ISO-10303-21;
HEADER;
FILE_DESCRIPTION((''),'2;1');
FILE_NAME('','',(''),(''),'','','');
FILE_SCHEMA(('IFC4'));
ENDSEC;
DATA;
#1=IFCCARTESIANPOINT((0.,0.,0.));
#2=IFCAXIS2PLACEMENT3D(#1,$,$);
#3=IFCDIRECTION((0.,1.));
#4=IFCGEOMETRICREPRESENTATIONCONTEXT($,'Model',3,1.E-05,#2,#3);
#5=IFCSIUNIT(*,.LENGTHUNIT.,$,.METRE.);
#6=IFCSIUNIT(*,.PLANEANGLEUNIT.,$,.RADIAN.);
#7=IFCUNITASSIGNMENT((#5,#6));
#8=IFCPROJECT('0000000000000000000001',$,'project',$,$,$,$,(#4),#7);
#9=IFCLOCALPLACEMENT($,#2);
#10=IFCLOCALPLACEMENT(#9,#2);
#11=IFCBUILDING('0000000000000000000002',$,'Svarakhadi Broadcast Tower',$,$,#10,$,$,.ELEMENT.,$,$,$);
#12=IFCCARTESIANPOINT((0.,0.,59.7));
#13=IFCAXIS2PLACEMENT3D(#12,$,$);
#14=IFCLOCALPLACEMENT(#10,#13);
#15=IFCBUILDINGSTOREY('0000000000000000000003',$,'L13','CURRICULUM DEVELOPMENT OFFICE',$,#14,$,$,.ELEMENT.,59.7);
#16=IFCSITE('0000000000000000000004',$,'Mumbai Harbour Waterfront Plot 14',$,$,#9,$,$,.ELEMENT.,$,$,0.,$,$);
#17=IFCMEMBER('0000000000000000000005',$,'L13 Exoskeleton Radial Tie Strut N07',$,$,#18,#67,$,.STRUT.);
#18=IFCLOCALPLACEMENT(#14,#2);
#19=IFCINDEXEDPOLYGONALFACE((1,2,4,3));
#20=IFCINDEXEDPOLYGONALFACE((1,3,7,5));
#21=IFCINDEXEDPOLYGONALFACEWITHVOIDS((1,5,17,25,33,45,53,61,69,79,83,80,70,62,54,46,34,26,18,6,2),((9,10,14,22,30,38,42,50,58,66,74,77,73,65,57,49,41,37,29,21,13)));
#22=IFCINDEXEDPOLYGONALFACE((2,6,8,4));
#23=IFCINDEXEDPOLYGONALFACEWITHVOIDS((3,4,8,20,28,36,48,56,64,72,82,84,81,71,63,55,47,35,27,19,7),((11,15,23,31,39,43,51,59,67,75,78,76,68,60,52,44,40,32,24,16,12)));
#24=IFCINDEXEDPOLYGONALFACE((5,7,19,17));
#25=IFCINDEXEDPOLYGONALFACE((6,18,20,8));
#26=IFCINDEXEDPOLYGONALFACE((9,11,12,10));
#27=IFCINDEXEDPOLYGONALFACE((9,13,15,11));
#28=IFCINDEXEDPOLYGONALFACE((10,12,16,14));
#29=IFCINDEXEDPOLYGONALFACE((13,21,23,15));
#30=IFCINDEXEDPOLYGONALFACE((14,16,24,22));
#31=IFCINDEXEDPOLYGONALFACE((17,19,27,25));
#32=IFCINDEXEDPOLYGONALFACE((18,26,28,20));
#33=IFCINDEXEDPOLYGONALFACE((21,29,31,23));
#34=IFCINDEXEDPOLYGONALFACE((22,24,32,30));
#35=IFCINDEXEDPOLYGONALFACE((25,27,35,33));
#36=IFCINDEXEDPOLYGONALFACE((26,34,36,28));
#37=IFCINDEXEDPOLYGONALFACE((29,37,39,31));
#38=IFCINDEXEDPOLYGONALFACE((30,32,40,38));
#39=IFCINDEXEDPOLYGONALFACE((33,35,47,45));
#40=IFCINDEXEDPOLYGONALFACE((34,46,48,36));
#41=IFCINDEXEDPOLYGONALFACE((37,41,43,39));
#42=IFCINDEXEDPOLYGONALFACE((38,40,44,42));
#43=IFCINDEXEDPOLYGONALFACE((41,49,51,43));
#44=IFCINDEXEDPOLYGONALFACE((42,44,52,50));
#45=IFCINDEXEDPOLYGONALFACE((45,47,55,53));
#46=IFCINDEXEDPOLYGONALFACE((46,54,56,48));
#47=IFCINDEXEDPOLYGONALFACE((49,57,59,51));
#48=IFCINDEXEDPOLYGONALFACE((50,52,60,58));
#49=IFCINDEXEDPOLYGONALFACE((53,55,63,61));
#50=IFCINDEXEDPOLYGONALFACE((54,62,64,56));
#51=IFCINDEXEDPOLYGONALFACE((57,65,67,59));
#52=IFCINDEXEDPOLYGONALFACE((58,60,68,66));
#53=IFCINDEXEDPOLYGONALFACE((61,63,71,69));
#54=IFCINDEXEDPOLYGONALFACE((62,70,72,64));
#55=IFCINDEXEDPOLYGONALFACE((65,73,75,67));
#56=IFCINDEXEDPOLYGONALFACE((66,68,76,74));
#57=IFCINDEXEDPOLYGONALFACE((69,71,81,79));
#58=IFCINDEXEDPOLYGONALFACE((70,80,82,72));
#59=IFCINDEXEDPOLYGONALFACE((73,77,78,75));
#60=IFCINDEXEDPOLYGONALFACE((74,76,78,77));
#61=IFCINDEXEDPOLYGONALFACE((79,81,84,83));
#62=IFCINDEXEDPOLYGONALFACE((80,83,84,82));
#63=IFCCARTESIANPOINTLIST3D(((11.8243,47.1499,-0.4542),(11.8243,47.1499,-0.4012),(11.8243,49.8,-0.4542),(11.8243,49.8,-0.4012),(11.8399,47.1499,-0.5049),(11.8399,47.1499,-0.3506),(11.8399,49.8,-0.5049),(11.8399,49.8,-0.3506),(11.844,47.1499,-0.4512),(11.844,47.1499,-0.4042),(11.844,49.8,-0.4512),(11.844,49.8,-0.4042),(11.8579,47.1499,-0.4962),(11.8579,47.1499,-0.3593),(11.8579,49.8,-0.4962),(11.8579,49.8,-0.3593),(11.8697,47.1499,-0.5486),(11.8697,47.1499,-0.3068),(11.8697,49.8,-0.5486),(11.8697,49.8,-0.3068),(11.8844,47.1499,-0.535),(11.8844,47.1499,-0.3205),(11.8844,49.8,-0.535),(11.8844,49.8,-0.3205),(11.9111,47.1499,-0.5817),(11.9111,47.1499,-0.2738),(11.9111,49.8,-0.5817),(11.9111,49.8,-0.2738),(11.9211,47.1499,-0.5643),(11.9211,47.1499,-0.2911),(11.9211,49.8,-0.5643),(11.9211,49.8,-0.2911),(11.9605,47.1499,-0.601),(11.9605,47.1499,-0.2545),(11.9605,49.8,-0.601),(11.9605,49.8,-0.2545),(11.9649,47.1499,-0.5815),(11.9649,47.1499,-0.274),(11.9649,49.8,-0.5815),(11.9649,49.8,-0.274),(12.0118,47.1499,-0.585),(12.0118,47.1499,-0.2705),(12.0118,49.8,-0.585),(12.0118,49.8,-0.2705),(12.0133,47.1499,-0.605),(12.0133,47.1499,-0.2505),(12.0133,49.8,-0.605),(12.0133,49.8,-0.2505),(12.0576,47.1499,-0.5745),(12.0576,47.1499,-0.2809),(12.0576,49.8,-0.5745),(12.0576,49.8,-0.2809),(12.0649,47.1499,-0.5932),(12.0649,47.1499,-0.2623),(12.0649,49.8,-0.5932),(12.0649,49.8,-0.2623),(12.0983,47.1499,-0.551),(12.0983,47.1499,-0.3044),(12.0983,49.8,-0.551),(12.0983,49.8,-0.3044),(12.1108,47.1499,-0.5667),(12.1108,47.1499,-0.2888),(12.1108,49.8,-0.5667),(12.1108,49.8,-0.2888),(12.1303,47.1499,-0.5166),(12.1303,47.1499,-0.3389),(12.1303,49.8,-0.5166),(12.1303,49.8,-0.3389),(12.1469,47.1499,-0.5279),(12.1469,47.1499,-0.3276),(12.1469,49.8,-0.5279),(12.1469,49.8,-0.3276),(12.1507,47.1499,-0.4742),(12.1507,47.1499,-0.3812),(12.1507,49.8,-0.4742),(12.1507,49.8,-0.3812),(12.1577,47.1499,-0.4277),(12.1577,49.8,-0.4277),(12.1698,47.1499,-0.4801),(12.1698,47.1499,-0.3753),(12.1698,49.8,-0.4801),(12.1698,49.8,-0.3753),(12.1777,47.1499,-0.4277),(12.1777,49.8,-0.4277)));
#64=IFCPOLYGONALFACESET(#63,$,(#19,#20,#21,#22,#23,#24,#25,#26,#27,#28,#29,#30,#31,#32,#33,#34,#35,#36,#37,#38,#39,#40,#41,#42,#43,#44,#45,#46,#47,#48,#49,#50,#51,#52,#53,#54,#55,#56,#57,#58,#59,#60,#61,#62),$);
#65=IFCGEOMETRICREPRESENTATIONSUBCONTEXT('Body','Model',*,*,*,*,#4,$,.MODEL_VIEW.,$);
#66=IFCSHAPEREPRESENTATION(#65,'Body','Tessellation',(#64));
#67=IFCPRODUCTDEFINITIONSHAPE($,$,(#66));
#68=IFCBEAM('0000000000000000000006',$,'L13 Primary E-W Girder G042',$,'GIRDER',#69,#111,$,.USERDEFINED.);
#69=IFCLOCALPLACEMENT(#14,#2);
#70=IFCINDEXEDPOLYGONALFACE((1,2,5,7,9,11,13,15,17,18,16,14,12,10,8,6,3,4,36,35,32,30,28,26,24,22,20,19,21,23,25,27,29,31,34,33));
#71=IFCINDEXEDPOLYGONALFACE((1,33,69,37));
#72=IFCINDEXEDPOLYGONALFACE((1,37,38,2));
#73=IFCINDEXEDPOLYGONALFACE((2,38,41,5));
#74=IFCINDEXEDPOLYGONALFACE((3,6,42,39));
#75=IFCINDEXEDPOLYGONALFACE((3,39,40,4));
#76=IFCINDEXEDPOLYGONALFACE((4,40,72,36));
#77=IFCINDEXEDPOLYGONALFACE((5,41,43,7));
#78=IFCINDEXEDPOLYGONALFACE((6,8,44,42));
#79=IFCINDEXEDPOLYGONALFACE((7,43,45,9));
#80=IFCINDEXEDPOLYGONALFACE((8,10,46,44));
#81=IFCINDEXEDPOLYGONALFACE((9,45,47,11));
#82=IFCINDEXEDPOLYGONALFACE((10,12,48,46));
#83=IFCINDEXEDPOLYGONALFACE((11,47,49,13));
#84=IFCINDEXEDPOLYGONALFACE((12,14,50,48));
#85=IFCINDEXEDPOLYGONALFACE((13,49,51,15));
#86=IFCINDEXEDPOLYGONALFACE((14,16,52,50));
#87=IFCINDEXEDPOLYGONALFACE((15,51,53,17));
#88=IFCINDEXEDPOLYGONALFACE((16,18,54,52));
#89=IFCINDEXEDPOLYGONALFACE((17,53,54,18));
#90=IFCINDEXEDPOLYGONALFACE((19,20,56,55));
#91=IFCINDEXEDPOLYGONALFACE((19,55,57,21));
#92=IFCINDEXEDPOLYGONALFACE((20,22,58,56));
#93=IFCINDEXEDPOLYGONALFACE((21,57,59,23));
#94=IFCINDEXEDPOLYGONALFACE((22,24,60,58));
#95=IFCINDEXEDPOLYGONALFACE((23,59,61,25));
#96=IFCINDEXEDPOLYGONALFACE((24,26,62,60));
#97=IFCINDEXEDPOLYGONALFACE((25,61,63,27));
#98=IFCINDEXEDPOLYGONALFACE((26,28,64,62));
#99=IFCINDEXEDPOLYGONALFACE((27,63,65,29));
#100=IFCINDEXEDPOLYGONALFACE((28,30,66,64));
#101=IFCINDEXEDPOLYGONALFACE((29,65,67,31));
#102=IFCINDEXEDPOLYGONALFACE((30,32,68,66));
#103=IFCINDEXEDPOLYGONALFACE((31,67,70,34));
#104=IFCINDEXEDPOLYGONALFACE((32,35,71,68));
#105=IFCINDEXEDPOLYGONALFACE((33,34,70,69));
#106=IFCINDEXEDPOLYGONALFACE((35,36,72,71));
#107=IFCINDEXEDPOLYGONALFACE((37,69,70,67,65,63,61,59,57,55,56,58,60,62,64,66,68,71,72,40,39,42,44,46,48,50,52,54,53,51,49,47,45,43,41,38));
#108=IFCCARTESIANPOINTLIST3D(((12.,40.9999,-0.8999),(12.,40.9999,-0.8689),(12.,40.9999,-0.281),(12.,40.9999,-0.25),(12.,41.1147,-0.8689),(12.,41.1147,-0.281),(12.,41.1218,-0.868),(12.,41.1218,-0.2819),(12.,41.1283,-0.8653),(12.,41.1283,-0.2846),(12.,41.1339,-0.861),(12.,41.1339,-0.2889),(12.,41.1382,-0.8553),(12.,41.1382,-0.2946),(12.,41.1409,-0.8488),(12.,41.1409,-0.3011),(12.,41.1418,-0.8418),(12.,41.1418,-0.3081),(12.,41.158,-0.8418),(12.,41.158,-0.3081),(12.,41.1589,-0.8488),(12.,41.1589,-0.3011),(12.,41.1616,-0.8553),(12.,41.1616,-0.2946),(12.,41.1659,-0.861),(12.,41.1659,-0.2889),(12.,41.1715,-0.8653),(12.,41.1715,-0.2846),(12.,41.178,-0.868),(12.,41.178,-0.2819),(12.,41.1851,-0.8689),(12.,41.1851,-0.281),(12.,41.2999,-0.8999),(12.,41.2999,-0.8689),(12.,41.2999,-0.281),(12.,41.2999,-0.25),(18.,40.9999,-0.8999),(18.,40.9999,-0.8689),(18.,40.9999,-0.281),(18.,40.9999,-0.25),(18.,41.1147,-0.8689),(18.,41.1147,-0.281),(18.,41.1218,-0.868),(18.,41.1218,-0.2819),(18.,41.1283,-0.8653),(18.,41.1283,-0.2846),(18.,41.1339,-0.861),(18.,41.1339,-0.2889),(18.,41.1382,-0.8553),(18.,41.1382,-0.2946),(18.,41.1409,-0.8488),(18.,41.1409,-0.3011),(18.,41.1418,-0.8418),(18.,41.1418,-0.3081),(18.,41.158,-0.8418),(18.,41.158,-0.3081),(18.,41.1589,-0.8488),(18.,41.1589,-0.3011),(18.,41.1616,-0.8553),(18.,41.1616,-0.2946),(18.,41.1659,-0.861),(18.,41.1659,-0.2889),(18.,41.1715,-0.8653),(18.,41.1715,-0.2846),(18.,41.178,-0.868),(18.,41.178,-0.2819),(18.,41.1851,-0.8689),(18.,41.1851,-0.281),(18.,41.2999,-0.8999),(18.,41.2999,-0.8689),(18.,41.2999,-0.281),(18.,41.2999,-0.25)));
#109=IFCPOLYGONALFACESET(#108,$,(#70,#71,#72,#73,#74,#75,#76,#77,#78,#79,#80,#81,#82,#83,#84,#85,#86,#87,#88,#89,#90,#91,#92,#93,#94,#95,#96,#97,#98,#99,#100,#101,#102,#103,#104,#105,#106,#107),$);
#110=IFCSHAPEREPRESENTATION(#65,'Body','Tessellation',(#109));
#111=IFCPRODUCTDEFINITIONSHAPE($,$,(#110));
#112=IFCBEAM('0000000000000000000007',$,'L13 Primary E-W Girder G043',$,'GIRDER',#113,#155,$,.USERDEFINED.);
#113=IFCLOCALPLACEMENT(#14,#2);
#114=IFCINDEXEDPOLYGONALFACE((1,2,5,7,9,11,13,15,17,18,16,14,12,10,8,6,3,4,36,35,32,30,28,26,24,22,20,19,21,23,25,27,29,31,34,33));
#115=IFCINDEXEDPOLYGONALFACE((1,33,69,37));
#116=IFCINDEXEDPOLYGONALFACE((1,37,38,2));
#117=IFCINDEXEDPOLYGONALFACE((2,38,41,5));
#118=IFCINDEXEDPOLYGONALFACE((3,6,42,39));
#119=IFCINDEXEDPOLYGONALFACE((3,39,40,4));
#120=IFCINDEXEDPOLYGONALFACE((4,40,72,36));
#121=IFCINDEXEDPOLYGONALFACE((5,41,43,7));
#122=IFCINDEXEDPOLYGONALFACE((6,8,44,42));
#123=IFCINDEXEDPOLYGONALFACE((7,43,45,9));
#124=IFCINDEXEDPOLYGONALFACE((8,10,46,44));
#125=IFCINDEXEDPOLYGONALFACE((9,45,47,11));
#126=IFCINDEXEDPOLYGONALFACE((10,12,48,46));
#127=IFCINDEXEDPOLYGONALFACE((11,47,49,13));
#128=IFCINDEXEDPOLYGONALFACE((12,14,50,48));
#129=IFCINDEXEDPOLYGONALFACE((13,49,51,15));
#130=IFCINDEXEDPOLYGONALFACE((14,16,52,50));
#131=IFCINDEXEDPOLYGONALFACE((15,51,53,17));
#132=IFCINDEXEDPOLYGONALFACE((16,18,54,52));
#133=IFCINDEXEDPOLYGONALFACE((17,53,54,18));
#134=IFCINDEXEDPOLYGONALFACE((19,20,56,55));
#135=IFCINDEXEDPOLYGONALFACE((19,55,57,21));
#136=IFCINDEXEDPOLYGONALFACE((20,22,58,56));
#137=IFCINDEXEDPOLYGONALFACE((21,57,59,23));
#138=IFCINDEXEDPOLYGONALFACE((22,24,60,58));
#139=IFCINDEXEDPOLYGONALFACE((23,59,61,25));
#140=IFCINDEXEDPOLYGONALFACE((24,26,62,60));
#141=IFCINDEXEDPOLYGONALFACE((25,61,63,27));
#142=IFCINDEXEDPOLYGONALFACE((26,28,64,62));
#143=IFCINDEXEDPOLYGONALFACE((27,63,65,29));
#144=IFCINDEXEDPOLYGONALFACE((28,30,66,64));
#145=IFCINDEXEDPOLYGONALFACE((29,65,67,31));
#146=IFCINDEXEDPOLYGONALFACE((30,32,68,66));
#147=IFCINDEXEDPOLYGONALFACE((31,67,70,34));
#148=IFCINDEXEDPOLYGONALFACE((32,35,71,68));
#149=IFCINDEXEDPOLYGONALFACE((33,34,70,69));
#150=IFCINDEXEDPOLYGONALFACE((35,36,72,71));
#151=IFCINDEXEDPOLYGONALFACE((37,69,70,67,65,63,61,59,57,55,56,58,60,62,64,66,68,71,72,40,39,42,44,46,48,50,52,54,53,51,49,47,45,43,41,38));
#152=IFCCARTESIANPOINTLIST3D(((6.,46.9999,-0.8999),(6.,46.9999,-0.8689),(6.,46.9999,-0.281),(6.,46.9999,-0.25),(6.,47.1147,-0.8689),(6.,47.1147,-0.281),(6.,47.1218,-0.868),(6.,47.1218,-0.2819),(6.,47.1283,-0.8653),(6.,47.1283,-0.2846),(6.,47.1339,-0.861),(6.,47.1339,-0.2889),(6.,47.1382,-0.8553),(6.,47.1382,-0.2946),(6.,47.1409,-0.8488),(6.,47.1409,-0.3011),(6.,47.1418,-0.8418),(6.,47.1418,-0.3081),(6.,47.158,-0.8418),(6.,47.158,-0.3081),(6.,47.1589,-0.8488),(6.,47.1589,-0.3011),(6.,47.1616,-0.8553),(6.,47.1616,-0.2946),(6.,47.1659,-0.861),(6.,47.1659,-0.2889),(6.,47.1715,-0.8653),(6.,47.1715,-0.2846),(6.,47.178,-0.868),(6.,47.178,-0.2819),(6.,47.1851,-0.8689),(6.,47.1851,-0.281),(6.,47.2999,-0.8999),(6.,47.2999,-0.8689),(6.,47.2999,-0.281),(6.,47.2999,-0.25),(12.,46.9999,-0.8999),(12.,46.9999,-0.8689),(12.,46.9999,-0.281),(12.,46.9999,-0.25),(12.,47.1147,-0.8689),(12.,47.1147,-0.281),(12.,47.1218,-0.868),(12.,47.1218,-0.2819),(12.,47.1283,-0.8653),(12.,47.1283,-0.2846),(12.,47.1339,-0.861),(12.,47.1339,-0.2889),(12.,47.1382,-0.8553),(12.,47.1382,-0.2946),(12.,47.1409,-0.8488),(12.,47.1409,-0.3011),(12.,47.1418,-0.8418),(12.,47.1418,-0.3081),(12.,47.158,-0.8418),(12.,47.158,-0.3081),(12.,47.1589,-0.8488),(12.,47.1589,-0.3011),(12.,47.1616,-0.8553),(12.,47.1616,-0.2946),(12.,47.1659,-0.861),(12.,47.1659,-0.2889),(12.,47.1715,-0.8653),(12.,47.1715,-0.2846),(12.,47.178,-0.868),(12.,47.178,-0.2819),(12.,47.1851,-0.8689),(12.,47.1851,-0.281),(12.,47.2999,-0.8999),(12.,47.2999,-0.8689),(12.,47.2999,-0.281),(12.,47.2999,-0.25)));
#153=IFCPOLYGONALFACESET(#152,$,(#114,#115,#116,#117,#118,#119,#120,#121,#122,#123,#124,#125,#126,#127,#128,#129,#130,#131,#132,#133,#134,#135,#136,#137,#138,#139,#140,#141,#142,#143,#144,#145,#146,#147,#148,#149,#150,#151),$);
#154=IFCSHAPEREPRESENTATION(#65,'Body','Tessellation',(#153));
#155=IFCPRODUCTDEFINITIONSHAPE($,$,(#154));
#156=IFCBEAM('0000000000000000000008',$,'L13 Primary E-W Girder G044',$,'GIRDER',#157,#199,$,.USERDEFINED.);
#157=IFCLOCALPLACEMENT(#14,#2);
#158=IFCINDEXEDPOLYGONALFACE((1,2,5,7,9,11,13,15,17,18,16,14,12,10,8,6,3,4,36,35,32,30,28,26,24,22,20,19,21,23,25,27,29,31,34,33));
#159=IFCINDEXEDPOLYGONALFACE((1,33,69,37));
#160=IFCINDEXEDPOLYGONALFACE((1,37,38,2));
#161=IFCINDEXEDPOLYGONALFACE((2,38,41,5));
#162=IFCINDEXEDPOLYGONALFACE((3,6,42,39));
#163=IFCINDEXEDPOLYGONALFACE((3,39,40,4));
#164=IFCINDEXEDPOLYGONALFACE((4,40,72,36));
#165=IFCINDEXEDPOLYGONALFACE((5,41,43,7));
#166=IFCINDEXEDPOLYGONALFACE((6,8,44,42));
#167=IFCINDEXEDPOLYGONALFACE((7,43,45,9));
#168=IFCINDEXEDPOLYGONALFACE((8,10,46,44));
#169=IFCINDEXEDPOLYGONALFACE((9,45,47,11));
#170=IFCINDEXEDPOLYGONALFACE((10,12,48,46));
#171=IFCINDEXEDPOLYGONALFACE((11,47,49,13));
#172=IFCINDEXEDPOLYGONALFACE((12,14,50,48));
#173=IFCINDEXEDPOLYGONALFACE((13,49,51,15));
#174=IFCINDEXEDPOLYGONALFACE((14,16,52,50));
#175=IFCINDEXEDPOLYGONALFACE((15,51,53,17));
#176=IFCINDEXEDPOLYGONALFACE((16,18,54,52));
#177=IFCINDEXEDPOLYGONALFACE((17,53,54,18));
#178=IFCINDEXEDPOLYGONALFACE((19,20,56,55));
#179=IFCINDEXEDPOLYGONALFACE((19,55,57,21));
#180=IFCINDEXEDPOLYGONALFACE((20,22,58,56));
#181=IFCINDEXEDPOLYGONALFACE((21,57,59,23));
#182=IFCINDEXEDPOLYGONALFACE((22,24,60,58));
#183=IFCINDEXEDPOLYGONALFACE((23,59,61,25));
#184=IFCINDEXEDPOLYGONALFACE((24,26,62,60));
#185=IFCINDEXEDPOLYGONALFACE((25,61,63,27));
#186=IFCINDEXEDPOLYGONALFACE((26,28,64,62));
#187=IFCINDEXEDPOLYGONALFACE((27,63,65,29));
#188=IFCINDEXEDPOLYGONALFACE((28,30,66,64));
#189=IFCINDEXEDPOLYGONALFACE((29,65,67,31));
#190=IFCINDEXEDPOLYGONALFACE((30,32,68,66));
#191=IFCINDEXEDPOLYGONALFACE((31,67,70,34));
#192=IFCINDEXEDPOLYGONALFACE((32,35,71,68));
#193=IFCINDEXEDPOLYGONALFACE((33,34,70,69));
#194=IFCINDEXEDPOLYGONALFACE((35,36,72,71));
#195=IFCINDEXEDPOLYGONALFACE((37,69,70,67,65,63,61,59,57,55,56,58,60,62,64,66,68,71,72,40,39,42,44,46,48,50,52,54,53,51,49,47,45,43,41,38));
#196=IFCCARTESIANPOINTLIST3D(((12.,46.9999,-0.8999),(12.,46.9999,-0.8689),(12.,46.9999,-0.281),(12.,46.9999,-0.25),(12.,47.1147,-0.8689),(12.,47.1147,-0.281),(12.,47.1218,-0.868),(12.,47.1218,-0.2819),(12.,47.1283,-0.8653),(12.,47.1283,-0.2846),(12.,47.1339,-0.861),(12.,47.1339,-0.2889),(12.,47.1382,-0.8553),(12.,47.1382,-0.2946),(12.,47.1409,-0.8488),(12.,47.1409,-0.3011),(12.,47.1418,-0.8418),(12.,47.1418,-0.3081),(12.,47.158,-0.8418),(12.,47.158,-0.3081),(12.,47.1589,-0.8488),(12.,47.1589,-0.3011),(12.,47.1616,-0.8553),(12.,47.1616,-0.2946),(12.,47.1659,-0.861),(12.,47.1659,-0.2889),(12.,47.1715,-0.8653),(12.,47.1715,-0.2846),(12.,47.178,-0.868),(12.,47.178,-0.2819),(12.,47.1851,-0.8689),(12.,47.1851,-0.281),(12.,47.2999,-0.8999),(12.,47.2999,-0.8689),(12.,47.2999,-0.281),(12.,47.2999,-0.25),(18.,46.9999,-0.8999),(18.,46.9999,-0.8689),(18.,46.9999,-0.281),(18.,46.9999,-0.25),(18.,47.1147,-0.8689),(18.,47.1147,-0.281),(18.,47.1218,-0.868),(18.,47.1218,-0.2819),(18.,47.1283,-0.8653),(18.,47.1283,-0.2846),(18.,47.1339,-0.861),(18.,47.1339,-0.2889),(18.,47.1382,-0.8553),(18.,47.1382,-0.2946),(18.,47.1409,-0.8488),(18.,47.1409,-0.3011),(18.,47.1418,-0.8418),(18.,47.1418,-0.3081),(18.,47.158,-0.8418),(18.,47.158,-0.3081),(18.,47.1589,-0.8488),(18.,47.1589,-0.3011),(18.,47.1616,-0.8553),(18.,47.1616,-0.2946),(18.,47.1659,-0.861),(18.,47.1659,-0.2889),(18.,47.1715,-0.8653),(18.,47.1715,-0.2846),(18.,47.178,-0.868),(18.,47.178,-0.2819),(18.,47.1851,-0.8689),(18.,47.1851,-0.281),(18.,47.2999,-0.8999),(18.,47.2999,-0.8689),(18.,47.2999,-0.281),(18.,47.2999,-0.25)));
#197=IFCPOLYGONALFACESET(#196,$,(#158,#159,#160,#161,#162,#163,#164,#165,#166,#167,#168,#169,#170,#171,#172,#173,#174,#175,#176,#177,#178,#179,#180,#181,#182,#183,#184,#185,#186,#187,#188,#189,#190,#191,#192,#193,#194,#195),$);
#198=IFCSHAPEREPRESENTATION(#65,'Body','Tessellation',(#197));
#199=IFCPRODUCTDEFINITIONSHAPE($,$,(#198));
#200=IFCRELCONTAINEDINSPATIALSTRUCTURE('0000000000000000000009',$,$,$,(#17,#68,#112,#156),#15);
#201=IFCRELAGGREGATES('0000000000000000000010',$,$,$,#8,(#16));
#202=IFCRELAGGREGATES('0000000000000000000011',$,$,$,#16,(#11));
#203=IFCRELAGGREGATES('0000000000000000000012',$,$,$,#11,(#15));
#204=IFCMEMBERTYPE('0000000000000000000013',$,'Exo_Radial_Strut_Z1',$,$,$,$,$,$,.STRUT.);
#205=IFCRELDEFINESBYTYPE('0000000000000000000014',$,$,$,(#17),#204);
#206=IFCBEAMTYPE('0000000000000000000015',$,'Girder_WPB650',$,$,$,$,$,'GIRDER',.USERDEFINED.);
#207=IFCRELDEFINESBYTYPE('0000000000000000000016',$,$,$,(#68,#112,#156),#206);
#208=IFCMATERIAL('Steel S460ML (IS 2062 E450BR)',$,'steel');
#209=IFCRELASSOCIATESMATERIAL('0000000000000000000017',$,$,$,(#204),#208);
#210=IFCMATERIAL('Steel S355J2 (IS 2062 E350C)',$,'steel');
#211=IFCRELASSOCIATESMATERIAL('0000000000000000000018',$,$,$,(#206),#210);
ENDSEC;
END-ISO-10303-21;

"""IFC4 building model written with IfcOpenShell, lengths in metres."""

from ifc_helpers import new_model, si_unit, direction, frame, origin, origin_2d, place, context, subcontext, project, spatial, hollow_circle, i_section, extrude, material, material_profile, profile_set, type_object, element, save


model = new_model("IFC4")

# Units and contexts
model_context = context("Model", 3, precision=1e-05, world=origin(), true_north=direction((0.0, 1.0)))
body_context = subcontext(model_context, "Body", "Model", "MODEL_VIEW")
ifc_project = project(units=[si_unit("LENGTHUNIT", "METRE"), si_unit("PLANEANGLEUNIT", "RADIAN")], contexts=[model_context])

# Site, building, storey
site_placement = place(None, origin())
site = spatial("IfcSite", under=ifc_project, at=site_placement, Name="Mumbai Harbour Waterfront Plot 14", CompositionType="ELEMENT", RefElevation=0.0)
building_placement = place(site_placement, origin())
building = spatial("IfcBuilding", under=site, at=building_placement, Name="Svarakhadi Broadcast Tower", CompositionType="ELEMENT")
storey_placement = place(building_placement, frame((0.0, 0.0, 59.7)))
storey = spatial("IfcBuildingStorey", under=building, at=storey_placement, Name="L13", Description="CURRICULUM DEVELOPMENT OFFICE", CompositionType="ELEMENT", Elevation=59.7)

# Shared definitions
ifc_material_1 = material(Name="Steel S460ML (IS 2062 E450BR)", Category="steel")

# Shared definitions
ifc_material_2 = material(Name="Steel S355J2 (IS 2062 E350C)", Category="steel")

# Member
ifc_material_profile_1 = material_profile(ifc_material_1, hollow_circle(Radius=0.1777, WallThickness=0.02, at=origin_2d()), Name="CHS 355.6x20")
ifc_profile_set_1 = profile_set([ifc_material_profile_1], Name="Steel S460ML (IS 2062 E450BR)")
member_type_1 = type_object("IfcMemberType", Name="Exo_Radial_Strut_Z1", PredefinedType="STRUT", material=ifc_profile_set_1)
member_1_placement = place(storey_placement, frame((12.0, 49.8, -0.4277), z_axis=(0.0, -1.0, 0.0), x_axis=(1.0, 0.0, 0.0)))
element("IfcMember", 1, at=member_1_placement, inside=storey, type_object=member_type_1, Name="L13 Exoskeleton Radial Tie Strut N07", PredefinedType="STRUT", context=body_context, shape_type="SweptSolid", body=[
    extrude(hollow_circle(Radius=0.1777, WallThickness=0.02, at=origin_2d()), origin(), (0.0, 0.0, 1.0), 2.6501),
])

# Beams
ifc_material_profile_2 = material_profile(ifc_material_2, i_section(OverallWidth=0.3, OverallDepth=0.6499, WebThickness=0.0161, FlangeThickness=0.031, FilletRadius=0.0271, at=origin_2d()), Name="WPB 650x300x225")
ifc_profile_set_2 = profile_set([ifc_material_profile_2], Name="Steel S355J2 (IS 2062 E350C)")
beam_type_1 = type_object("IfcBeamType", Name="Girder_WPB650", ElementType="GIRDER", PredefinedType="USERDEFINED", material=ifc_profile_set_2)
for number, where, z_axis, x_axis, name in (
    (2, (12.0, 41.1499, -0.575), (1.0, 0.0, 0.0), (0.0, 1.0, 0.0), "L13 Primary E-W Girder G042"),
    (3, (6.0, 47.1499, -0.575), (1.0, 0.0, 0.0), (0.0, 1.0, 0.0), "L13 Primary E-W Girder G043"),
    (4, (12.0, 47.1499, -0.575), (1.0, 0.0, 0.0), (0.0, 1.0, 0.0), "L13 Primary E-W Girder G044"),
):
    element("IfcBeam", number, at=place(storey_placement, frame(where, z_axis=z_axis, x_axis=x_axis)), inside=storey, type_object=beam_type_1, Name=name, ObjectType="GIRDER", PredefinedType="USERDEFINED", context=body_context, shape_type="SweptSolid", body=[
        extrude(i_section(OverallWidth=0.3, OverallDepth=0.6499, WebThickness=0.0161, FlangeThickness=0.031, FilletRadius=0.0271, at=origin_2d()), origin(), (0.0, 0.0, 1.0), 6.0),
    ])

save(model, "model.ifc")
